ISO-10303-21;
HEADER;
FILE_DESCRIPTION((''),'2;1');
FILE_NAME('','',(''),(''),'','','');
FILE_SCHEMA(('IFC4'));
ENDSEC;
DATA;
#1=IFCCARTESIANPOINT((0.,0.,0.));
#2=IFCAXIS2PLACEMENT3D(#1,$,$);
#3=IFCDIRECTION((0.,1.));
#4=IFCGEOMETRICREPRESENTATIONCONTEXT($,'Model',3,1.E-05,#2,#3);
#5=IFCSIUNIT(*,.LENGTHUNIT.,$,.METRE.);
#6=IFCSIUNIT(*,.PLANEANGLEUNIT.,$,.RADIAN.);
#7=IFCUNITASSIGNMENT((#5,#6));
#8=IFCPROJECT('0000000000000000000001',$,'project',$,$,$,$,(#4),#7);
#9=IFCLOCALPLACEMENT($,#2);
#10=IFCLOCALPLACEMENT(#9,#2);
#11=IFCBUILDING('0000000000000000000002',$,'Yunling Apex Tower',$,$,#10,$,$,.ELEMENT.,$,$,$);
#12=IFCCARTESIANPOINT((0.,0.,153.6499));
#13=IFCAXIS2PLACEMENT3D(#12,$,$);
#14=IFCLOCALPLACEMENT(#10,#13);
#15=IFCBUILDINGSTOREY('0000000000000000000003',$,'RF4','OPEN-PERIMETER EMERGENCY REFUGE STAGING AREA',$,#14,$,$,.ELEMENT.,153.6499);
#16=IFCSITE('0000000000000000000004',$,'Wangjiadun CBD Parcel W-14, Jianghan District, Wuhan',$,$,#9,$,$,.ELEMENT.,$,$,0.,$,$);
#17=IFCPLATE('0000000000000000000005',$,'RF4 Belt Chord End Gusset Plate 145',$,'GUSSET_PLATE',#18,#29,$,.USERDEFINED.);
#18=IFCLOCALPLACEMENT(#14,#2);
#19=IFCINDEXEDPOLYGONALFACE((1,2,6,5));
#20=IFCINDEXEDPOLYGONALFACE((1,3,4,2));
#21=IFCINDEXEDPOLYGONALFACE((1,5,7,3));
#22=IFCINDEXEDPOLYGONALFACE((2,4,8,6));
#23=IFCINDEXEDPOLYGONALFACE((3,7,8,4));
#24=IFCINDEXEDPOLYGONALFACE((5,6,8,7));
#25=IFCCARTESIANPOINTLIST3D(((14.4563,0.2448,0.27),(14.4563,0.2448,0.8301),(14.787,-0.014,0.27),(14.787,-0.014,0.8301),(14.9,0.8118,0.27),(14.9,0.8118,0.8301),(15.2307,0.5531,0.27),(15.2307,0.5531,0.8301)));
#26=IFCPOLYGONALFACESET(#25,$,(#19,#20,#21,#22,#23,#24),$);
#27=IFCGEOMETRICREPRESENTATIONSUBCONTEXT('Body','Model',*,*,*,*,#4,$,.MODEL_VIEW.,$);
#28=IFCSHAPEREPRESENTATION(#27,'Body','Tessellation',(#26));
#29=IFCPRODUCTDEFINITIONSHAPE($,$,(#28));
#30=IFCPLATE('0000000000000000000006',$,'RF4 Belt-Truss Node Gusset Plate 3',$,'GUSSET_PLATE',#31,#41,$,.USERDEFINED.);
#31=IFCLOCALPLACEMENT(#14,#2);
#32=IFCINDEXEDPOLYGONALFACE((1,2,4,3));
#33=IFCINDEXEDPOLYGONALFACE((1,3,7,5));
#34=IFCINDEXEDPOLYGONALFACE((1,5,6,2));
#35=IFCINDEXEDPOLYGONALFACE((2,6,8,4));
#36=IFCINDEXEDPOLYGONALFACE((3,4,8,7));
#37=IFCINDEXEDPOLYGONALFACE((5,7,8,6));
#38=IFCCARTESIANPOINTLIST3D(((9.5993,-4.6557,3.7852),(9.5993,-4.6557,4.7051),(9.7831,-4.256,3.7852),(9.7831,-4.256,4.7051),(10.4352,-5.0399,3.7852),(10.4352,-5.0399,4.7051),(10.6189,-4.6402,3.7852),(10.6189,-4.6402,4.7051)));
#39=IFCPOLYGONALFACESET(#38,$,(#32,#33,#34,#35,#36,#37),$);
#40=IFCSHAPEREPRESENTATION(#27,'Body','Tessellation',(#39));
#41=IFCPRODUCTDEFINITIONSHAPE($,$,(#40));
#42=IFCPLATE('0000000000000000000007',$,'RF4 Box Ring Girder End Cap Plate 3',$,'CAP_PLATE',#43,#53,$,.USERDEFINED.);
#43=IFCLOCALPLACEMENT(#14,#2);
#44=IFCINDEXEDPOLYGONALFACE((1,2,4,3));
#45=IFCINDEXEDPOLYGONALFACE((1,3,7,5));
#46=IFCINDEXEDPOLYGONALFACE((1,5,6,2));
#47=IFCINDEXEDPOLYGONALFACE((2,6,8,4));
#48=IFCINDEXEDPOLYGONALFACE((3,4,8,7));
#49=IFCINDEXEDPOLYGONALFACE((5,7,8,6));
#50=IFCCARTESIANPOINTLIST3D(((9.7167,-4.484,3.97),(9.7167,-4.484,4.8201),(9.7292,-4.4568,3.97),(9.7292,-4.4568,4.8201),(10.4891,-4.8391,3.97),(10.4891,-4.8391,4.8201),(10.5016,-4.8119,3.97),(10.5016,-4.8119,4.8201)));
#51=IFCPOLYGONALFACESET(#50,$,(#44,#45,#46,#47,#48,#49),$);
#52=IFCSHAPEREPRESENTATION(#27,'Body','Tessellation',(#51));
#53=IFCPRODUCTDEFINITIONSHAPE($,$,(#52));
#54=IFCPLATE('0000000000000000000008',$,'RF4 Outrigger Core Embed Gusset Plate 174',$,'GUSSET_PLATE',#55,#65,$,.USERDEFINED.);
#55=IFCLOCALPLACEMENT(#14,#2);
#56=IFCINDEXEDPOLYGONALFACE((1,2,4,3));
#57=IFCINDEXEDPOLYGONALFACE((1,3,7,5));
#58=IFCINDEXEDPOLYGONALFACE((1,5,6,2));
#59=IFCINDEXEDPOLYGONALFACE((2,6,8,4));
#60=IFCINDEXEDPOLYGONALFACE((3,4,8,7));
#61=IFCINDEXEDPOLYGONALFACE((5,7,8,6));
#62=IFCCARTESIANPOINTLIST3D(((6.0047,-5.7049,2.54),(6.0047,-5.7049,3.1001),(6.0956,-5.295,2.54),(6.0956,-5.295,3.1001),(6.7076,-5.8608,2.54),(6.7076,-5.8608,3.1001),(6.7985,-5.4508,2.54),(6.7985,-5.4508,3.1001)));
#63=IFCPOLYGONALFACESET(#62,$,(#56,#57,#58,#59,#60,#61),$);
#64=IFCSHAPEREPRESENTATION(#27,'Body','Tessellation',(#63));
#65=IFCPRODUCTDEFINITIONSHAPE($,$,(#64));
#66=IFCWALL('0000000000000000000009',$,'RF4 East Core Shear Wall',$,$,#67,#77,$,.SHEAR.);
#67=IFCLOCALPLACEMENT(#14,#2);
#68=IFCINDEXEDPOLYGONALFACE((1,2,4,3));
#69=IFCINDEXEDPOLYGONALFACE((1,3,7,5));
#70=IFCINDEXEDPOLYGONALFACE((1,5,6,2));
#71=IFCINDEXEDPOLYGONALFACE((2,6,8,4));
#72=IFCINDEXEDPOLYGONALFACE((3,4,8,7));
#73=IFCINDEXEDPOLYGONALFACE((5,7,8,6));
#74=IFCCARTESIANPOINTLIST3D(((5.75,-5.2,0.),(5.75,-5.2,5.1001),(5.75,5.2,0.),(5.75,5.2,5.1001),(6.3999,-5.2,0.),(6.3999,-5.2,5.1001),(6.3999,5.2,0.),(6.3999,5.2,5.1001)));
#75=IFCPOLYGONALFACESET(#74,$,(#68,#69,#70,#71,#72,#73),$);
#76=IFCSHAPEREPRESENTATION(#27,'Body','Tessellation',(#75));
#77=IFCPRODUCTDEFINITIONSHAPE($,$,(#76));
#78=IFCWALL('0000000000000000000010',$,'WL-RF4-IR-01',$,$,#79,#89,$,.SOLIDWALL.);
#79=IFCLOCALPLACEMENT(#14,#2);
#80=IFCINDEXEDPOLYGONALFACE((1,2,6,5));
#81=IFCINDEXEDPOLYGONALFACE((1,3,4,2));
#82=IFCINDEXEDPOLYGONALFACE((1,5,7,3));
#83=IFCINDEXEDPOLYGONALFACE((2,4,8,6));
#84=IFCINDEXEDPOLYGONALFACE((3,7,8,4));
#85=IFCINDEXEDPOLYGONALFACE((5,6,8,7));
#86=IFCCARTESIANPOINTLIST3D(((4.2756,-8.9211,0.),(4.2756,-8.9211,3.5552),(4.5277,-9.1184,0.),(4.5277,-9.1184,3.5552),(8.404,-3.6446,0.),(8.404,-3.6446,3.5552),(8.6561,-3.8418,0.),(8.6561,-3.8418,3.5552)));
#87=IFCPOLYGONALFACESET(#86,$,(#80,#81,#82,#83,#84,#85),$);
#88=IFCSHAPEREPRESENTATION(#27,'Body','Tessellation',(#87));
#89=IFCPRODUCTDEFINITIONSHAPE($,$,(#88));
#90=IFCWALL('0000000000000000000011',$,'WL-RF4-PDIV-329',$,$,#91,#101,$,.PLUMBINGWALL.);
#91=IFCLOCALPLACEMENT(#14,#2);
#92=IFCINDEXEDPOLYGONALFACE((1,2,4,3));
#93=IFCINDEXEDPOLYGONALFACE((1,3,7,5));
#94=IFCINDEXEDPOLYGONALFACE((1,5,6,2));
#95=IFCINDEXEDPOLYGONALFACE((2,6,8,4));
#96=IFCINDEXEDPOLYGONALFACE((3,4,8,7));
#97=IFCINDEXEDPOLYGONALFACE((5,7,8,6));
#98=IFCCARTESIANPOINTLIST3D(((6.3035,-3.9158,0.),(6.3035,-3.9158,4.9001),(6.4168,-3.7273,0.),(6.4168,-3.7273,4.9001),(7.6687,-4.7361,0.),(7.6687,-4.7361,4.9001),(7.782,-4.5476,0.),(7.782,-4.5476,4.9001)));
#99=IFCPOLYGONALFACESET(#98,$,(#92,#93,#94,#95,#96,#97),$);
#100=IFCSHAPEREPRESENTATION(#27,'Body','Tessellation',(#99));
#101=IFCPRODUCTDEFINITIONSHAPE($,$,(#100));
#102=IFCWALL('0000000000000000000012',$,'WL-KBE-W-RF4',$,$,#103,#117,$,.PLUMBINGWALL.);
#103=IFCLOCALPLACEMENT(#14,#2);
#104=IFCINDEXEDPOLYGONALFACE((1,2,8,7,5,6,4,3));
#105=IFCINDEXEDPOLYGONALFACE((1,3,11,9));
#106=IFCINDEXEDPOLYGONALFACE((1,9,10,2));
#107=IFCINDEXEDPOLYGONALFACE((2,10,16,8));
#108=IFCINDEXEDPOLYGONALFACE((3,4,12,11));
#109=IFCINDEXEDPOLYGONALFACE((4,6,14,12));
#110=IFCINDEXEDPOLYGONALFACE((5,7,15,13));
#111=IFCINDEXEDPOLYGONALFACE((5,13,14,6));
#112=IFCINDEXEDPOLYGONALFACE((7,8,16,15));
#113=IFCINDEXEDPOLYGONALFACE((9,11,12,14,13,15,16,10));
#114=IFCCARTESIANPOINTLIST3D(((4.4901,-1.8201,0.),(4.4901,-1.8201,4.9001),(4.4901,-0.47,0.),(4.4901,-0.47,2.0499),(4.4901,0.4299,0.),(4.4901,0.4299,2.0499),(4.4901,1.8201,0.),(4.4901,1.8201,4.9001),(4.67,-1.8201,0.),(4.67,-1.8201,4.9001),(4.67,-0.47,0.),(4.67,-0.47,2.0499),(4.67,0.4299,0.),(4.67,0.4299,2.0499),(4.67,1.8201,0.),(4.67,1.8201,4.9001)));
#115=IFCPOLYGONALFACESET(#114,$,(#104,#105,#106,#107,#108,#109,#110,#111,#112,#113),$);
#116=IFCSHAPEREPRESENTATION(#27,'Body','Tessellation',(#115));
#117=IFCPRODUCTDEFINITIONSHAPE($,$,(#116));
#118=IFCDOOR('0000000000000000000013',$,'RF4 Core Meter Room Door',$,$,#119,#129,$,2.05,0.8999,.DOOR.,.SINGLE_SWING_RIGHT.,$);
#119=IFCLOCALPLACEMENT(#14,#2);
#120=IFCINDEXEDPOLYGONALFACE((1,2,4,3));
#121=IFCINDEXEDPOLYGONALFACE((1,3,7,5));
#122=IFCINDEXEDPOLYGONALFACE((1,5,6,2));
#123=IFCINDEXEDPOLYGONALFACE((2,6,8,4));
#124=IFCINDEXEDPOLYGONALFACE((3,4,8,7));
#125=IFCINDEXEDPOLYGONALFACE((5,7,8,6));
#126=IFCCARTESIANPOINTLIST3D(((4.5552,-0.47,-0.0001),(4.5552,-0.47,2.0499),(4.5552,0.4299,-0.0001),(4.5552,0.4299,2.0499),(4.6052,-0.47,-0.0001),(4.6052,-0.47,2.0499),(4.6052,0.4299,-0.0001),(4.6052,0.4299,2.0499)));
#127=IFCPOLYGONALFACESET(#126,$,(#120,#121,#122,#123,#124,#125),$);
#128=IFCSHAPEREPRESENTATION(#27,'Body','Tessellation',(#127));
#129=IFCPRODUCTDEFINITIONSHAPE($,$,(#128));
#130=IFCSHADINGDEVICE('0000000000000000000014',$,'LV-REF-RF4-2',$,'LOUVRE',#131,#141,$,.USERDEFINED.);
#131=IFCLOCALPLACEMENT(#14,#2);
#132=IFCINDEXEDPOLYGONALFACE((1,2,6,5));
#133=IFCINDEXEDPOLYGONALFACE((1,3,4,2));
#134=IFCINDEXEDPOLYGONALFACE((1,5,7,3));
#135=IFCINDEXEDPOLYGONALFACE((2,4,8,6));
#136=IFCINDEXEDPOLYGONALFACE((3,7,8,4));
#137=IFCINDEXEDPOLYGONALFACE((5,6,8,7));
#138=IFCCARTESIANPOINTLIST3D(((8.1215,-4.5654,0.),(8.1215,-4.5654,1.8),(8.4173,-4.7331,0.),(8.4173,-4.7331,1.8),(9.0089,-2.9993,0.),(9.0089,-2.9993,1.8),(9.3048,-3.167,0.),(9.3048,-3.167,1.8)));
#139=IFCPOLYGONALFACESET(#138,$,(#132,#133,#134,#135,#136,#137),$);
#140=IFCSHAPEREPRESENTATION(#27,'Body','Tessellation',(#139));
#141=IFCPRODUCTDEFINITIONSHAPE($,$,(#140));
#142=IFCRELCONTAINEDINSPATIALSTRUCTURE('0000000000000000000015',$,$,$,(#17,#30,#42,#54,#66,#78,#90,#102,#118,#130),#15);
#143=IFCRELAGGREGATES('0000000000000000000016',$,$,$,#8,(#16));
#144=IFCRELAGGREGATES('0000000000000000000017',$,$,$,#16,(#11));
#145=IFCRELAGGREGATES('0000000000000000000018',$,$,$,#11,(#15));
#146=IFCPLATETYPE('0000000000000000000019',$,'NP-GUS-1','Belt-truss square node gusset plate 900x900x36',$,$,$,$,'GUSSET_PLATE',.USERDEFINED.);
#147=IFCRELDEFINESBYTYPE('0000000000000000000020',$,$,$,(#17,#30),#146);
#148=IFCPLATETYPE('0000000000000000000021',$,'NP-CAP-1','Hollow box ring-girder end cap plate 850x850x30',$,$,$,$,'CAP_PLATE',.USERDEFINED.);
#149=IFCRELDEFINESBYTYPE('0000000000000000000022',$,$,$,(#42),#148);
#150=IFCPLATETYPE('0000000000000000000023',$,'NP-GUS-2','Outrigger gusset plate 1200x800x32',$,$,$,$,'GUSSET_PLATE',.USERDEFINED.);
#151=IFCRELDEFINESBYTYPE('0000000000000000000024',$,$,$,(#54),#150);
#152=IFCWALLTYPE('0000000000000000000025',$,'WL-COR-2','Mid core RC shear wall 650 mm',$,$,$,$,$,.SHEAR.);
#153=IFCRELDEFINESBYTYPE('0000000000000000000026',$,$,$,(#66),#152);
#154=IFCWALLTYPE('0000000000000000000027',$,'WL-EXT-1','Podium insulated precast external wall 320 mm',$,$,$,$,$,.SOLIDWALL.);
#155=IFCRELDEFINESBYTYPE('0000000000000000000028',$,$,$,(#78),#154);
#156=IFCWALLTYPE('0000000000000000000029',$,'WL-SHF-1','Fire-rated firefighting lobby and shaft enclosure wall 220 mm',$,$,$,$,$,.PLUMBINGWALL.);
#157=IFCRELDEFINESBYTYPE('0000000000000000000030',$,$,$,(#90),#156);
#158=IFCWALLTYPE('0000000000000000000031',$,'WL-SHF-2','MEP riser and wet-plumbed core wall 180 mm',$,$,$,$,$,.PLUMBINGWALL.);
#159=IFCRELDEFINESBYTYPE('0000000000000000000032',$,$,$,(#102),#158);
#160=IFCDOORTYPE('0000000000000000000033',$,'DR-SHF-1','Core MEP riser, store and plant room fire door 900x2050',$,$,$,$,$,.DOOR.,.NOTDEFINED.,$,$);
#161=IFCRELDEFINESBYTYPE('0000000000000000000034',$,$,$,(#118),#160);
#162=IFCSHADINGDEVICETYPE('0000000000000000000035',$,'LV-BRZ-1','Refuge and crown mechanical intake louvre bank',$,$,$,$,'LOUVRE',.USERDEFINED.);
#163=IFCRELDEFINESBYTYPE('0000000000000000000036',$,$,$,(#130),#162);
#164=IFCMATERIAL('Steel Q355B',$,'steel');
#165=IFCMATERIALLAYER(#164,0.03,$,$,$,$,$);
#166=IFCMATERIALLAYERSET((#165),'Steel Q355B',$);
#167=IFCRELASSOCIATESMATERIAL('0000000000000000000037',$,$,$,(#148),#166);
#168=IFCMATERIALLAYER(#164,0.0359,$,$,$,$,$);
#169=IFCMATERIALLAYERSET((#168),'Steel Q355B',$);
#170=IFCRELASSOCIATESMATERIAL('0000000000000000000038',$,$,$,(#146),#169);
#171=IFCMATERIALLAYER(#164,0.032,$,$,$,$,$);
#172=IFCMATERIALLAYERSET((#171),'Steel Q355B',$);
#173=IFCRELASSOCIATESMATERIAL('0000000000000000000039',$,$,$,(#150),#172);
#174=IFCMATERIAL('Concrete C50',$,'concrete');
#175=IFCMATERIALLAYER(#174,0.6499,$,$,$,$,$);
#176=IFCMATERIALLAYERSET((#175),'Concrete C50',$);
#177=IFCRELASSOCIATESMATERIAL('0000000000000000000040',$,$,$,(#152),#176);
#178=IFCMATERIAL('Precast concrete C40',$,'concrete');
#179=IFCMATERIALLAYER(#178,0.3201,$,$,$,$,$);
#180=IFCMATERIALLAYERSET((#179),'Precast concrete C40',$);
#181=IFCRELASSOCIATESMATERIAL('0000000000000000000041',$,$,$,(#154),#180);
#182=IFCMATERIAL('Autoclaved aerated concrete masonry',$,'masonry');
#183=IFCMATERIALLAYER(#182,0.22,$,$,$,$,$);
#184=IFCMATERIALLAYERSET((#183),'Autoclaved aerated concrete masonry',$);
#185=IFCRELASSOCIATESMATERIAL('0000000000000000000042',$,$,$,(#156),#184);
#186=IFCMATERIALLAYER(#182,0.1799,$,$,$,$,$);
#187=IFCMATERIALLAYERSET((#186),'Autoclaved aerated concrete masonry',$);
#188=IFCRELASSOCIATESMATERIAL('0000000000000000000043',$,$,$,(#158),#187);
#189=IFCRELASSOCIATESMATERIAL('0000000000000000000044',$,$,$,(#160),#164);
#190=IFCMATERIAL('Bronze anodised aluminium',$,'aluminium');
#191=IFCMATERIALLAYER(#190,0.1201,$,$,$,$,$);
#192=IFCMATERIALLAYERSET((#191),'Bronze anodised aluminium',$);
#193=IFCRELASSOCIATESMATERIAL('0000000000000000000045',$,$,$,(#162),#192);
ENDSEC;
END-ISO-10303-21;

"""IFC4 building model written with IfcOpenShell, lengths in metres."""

from ifc_helpers import new_model, si_unit, direction, frame, frame_2d, origin, origin_2d, place, context, subcontext, project, spatial, rectangle, extrude, source, transform, mapped, material, layer, layer_set, type_object, element, fill, save


model = new_model("IFC4")

# Units and contexts
model_context = context("Model", 3, precision=1e-05, world=origin(), true_north=direction((0.0, 1.0)))
body_context = subcontext(model_context, "Body", "Model", "MODEL_VIEW")
ifc_project = project(units=[si_unit("LENGTHUNIT", "METRE"), si_unit("PLANEANGLEUNIT", "RADIAN")], contexts=[model_context])

# Site, building, storey
site_placement = place(None, origin())
site = spatial("IfcSite", under=ifc_project, at=site_placement, Name="Wangjiadun CBD Parcel W-14, Jianghan District, Wuhan", CompositionType="ELEMENT", RefElevation=0.0)
building_placement = place(site_placement, origin())
building = spatial("IfcBuilding", under=site, at=building_placement, Name="Yunling Apex Tower", CompositionType="ELEMENT")
storey_placement = place(building_placement, frame((0.0, 0.0, 153.6499)))
storey = spatial("IfcBuildingStorey", under=building, at=storey_placement, Name="RF4", Description="OPEN-PERIMETER EMERGENCY REFUGE STAGING AREA", CompositionType="ELEMENT", Elevation=153.6499)

# Shared definitions
ifc_material_1 = material(Name="Steel Q355B", Category="steel")

# Plates
ifc_layer_1 = layer(ifc_material_1, 0.03)
ifc_layer_set_1 = layer_set([ifc_layer_1], Name="Steel Q355B")
plate_type_1 = type_object("IfcPlateType", Name="NP-CAP-1", Description="Hollow box ring-girder end cap plate 850x850x30", ElementType="CAP_PLATE", PredefinedType="USERDEFINED", material=ifc_layer_set_1)
ifc_layer_2 = layer(ifc_material_1, 0.0359)
ifc_layer_set_2 = layer_set([ifc_layer_2], Name="Steel Q355B")
plate_type_2 = type_object("IfcPlateType", Name="NP-GUS-1", Description="Belt-truss square node gusset plate 900x900x36", ElementType="GUSSET_PLATE", PredefinedType="USERDEFINED", material=ifc_layer_set_2)
shared_shape_1 = source(origin(), body_context, "Body", "SweptSolid", [
    extrude(rectangle(XDim=0.72, YDim=0.4199, at=origin_2d()), origin(), (0.0, 0.0, 1.0), 0.5601),
])
for number, where, z_axis, x_axis, name in (
    (1, (14.8435, 0.3989, 0.27), (0.0, 0.0, 1.0), (0.616211, 0.787581, 0.0), "RF4 Belt Chord End Gusset Plate 145"),
):
    element("IfcPlate", number, at=place(storey_placement, frame(where, z_axis=z_axis, x_axis=x_axis)), inside=storey, type_object=plate_type_2, Name=name, ObjectType="GUSSET_PLATE", PredefinedType="USERDEFINED", context=body_context, shape_type="MappedRepresentation", body=[
        mapped(shared_shape_1, transform((0.0, 0.0, 0.0), scale=1.0)),
    ])
shared_shape_2 = source(origin(), body_context, "Body", "SweptSolid", [
    extrude(rectangle(XDim=0.9199, YDim=0.4399, at=origin_2d()), origin(), (0.0, 0.0, 1.0), 0.9199),
])
plate_1_placement = place(storey_placement, frame((10.1091, -4.6479, 3.7852), z_axis=(0.0, 0.0, 1.0), x_axis=(0.908581, -0.417709, 0.0)))
element("IfcPlate", 2, at=plate_1_placement, inside=storey, type_object=plate_type_2, Name="RF4 Belt-Truss Node Gusset Plate 3", ObjectType="GUSSET_PLATE", PredefinedType="USERDEFINED", context=body_context, shape_type="MappedRepresentation", body=[
    mapped(shared_shape_2, transform((0.0, 0.0, 0.0), scale=1.0)),
])
shared_shape_3 = source(origin(), body_context, "Body", "SweptSolid", [
    extrude(rectangle(XDim=0.8501, YDim=0.03, at=origin_2d()), origin(), (0.0, 0.0, 1.0), 0.8501),
])
plate_2_placement = place(storey_placement, frame((10.1091, -4.6479, 3.97), z_axis=(0.0, 0.0, 1.0), x_axis=(0.908581, -0.417709, 0.0)))
element("IfcPlate", 3, at=plate_2_placement, inside=storey, type_object=plate_type_1, Name="RF4 Box Ring Girder End Cap Plate 3", ObjectType="CAP_PLATE", PredefinedType="USERDEFINED", context=body_context, shape_type="MappedRepresentation", body=[
    mapped(shared_shape_3, transform((0.0, 0.0, 0.0), scale=1.0)),
])
ifc_layer_3 = layer(ifc_material_1, 0.032)
ifc_layer_set_3 = layer_set([ifc_layer_3], Name="Steel Q355B")
plate_type_3 = type_object("IfcPlateType", Name="NP-GUS-2", Description="Outrigger gusset plate 1200x800x32", ElementType="GUSSET_PLATE", PredefinedType="USERDEFINED", material=ifc_layer_set_3)
shared_shape_4 = source(origin(), body_context, "Body", "SweptSolid", [
    extrude(rectangle(XDim=0.72, YDim=0.4199, at=origin_2d()), origin(), (0.0, 0.0, 1.0), 0.5601),
])
plate_3_placement = place(storey_placement, frame((6.4016, -5.5779, 2.54), z_axis=(0.0, 0.0, 1.0), x_axis=(0.976296, -0.21644, 0.0)))
element("IfcPlate", 4, at=plate_3_placement, inside=storey, type_object=plate_type_3, Name="RF4 Outrigger Core Embed Gusset Plate 174", ObjectType="GUSSET_PLATE", PredefinedType="USERDEFINED", context=body_context, shape_type="MappedRepresentation", body=[
    mapped(shared_shape_4, transform((0.0, 0.0, 0.0), scale=1.0)),
])

# Walls
ifc_material_2 = material(Name="Concrete C50", Category="concrete")
ifc_layer_4 = layer(ifc_material_2, 0.6499)
ifc_layer_set_4 = layer_set([ifc_layer_4], Name="Concrete C50")
wall_type_1 = type_object("IfcWallType", Name="WL-COR-2", Description="Mid core RC shear wall 650 mm", PredefinedType="SHEAR", material=ifc_layer_set_4)
wall_1_placement = place(storey_placement, frame((6.075, -5.2, 0.0), z_axis=(0.0, 0.0, 1.0), x_axis=(0.0, 1.0, 0.0)))
element("IfcWall", 5, at=wall_1_placement, inside=storey, type_object=wall_type_1, Name="RF4 East Core Shear Wall", PredefinedType="SHEAR", context=body_context, shape_type="SweptSolid", body=[
    extrude(rectangle(XDim=10.3999, YDim=0.6499, at=frame_2d((5.2, 0.0))), origin(), (0.0, 0.0, 1.0), 5.1001),
])
ifc_material_3 = material(Name="Precast concrete C40", Category="concrete")
ifc_layer_5 = layer(ifc_material_3, 0.3201)
ifc_layer_set_5 = layer_set([ifc_layer_5], Name="Precast concrete C40")
wall_type_2 = type_object("IfcWallType", Name="WL-EXT-1", Description="Podium insulated precast external wall 320 mm", PredefinedType="SOLIDWALL", material=ifc_layer_set_5)
wall_2_placement = place(storey_placement, frame((8.53, -3.7432, 0.0), z_axis=(0.0, 0.0, 1.0), x_axis=(-0.616206, -0.787585, 0.0)))
element("IfcWall", 6, at=wall_2_placement, inside=storey, type_object=wall_type_2, Name="WL-RF4-IR-01", PredefinedType="SOLIDWALL", context=body_context, shape_type="SweptSolid", body=[
    extrude(rectangle(XDim=6.6997, YDim=0.3201, at=frame_2d((3.3499, 0.0))), origin(), (0.0, 0.0, 1.0), 3.5552),
])
ifc_material_4 = material(Name="Autoclaved aerated concrete masonry", Category="masonry")
ifc_layer_6 = layer(ifc_material_4, 0.22)
ifc_layer_set_6 = layer_set([ifc_layer_6], Name="Autoclaved aerated concrete masonry")
wall_type_3 = type_object("IfcWallType", Name="WL-SHF-1", Description="Fire-rated firefighting lobby and shaft enclosure wall 220 mm", PredefinedType="PLUMBINGWALL", material=ifc_layer_set_6)
wall_3_placement = place(storey_placement, frame((6.3601, -3.8215, 0.0), z_axis=(0.0, 0.0, 1.0), x_axis=(0.857168, -0.515037, 0.0)))
element("IfcWall", 7, at=wall_3_placement, inside=storey, type_object=wall_type_3, Name="WL-RF4-PDIV-329", PredefinedType="PLUMBINGWALL", context=body_context, shape_type="SweptSolid", body=[
    extrude(rectangle(XDim=1.5928, YDim=0.22, at=frame_2d((0.7964, 0.0))), origin(), (0.0, 0.0, 1.0), 4.9001),
])

# Wall, opening, door
ifc_layer_7 = layer(ifc_material_4, 0.1799)
ifc_layer_set_7 = layer_set([ifc_layer_7], Name="Autoclaved aerated concrete masonry")
wall_type_4 = type_object("IfcWallType", Name="WL-SHF-2", Description="MEP riser and wet-plumbed core wall 180 mm", PredefinedType="PLUMBINGWALL", material=ifc_layer_set_7)
wall_4_placement = place(storey_placement, frame((4.5801, -1.8201, 0.0), z_axis=(0.0, 0.0, 1.0), x_axis=(0.0, 1.0, 0.0)))
wall_4 = element("IfcWall", 8, at=wall_4_placement, inside=storey, type_object=wall_type_4, Name="WL-KBE-W-RF4", PredefinedType="PLUMBINGWALL", context=body_context, shape_type="SweptSolid", body=[
    extrude(rectangle(XDim=3.6401, YDim=0.1799, at=frame_2d((1.8201, 0.0))), origin(), (0.0, 0.0, 1.0), 4.9001),
])
opening_placement = place(wall_4_placement, frame((1.3501, 0.0, 0.0)))
opening = element("IfcOpeningElement", 9, at=opening_placement, cuts=wall_4, PredefinedType="OPENING", context=body_context, shape_type="SweptSolid", body=[
    extrude(rectangle(XDim=0.8999, YDim=2.05, at=frame_2d((0.45, 1.0249))), frame((0.0, 0.1001, 0.0), z_axis=(0.0, -1.0, 0.0), x_axis=(1.0, 0.0, 0.0)), (0.0, 0.0, 1.0), 0.2),
])
door_type = type_object("IfcDoorType", Name="DR-SHF-1", Description="Core MEP riser, store and plant room fire door 900x2050", OperationType="NOTDEFINED", PredefinedType="DOOR", material=ifc_material_1)
door_placement = place(opening_placement, origin())
door = element("IfcDoor", 10, at=door_placement, inside=storey, type_object=door_type, Name="RF4 Core Meter Room Door", OperationType="SINGLE_SWING_RIGHT", OverallHeight=2.05, OverallWidth=0.8999, PredefinedType="DOOR", context=body_context, shape_type="SweptSolid", body=[
    extrude(rectangle(XDim=0.8999, YDim=2.05, at=frame_2d((0.45, 1.0249))), frame((0.0, 0.0249, 0.0), z_axis=(0.0, -1.0, 0.0), x_axis=(1.0, 0.0, 0.0)), (0.0, 0.0, 1.0), 0.05),
])
fill(opening, door)

# Shading device
ifc_material_5 = material(Name="Bronze anodised aluminium", Category="aluminium")
ifc_layer_8 = layer(ifc_material_5, 0.1201)
ifc_layer_set_8 = layer_set([ifc_layer_8], Name="Bronze anodised aluminium")
shading_device_type = type_object("IfcShadingDeviceType", Name="LV-BRZ-1", Description="Refuge and crown mechanical intake louvre bank", ElementType="LOUVRE", PredefinedType="USERDEFINED", material=ifc_layer_set_8)
shared_shape_5 = source(origin(), body_context, "Body", "SweptSolid", [
    extrude(rectangle(XDim=1.8, YDim=0.3401, at=origin_2d()), origin(), (0.0, 0.0, 1.0), 1.8),
])
shading_device_placement = place(storey_placement, frame((8.7131, -3.8662, 0.0), z_axis=(0.0, 0.0, 1.0), x_axis=(-0.493031, -0.870012, 0.0)))
element("IfcShadingDevice", 11, at=shading_device_placement, inside=storey, type_object=shading_device_type, Name="LV-REF-RF4-2", ObjectType="LOUVRE", PredefinedType="USERDEFINED", context=body_context, shape_type="MappedRepresentation", body=[
    mapped(shared_shape_5, transform((0.0, 0.0, 0.0), scale=1.0)),
])

save(model, "model.ifc")
